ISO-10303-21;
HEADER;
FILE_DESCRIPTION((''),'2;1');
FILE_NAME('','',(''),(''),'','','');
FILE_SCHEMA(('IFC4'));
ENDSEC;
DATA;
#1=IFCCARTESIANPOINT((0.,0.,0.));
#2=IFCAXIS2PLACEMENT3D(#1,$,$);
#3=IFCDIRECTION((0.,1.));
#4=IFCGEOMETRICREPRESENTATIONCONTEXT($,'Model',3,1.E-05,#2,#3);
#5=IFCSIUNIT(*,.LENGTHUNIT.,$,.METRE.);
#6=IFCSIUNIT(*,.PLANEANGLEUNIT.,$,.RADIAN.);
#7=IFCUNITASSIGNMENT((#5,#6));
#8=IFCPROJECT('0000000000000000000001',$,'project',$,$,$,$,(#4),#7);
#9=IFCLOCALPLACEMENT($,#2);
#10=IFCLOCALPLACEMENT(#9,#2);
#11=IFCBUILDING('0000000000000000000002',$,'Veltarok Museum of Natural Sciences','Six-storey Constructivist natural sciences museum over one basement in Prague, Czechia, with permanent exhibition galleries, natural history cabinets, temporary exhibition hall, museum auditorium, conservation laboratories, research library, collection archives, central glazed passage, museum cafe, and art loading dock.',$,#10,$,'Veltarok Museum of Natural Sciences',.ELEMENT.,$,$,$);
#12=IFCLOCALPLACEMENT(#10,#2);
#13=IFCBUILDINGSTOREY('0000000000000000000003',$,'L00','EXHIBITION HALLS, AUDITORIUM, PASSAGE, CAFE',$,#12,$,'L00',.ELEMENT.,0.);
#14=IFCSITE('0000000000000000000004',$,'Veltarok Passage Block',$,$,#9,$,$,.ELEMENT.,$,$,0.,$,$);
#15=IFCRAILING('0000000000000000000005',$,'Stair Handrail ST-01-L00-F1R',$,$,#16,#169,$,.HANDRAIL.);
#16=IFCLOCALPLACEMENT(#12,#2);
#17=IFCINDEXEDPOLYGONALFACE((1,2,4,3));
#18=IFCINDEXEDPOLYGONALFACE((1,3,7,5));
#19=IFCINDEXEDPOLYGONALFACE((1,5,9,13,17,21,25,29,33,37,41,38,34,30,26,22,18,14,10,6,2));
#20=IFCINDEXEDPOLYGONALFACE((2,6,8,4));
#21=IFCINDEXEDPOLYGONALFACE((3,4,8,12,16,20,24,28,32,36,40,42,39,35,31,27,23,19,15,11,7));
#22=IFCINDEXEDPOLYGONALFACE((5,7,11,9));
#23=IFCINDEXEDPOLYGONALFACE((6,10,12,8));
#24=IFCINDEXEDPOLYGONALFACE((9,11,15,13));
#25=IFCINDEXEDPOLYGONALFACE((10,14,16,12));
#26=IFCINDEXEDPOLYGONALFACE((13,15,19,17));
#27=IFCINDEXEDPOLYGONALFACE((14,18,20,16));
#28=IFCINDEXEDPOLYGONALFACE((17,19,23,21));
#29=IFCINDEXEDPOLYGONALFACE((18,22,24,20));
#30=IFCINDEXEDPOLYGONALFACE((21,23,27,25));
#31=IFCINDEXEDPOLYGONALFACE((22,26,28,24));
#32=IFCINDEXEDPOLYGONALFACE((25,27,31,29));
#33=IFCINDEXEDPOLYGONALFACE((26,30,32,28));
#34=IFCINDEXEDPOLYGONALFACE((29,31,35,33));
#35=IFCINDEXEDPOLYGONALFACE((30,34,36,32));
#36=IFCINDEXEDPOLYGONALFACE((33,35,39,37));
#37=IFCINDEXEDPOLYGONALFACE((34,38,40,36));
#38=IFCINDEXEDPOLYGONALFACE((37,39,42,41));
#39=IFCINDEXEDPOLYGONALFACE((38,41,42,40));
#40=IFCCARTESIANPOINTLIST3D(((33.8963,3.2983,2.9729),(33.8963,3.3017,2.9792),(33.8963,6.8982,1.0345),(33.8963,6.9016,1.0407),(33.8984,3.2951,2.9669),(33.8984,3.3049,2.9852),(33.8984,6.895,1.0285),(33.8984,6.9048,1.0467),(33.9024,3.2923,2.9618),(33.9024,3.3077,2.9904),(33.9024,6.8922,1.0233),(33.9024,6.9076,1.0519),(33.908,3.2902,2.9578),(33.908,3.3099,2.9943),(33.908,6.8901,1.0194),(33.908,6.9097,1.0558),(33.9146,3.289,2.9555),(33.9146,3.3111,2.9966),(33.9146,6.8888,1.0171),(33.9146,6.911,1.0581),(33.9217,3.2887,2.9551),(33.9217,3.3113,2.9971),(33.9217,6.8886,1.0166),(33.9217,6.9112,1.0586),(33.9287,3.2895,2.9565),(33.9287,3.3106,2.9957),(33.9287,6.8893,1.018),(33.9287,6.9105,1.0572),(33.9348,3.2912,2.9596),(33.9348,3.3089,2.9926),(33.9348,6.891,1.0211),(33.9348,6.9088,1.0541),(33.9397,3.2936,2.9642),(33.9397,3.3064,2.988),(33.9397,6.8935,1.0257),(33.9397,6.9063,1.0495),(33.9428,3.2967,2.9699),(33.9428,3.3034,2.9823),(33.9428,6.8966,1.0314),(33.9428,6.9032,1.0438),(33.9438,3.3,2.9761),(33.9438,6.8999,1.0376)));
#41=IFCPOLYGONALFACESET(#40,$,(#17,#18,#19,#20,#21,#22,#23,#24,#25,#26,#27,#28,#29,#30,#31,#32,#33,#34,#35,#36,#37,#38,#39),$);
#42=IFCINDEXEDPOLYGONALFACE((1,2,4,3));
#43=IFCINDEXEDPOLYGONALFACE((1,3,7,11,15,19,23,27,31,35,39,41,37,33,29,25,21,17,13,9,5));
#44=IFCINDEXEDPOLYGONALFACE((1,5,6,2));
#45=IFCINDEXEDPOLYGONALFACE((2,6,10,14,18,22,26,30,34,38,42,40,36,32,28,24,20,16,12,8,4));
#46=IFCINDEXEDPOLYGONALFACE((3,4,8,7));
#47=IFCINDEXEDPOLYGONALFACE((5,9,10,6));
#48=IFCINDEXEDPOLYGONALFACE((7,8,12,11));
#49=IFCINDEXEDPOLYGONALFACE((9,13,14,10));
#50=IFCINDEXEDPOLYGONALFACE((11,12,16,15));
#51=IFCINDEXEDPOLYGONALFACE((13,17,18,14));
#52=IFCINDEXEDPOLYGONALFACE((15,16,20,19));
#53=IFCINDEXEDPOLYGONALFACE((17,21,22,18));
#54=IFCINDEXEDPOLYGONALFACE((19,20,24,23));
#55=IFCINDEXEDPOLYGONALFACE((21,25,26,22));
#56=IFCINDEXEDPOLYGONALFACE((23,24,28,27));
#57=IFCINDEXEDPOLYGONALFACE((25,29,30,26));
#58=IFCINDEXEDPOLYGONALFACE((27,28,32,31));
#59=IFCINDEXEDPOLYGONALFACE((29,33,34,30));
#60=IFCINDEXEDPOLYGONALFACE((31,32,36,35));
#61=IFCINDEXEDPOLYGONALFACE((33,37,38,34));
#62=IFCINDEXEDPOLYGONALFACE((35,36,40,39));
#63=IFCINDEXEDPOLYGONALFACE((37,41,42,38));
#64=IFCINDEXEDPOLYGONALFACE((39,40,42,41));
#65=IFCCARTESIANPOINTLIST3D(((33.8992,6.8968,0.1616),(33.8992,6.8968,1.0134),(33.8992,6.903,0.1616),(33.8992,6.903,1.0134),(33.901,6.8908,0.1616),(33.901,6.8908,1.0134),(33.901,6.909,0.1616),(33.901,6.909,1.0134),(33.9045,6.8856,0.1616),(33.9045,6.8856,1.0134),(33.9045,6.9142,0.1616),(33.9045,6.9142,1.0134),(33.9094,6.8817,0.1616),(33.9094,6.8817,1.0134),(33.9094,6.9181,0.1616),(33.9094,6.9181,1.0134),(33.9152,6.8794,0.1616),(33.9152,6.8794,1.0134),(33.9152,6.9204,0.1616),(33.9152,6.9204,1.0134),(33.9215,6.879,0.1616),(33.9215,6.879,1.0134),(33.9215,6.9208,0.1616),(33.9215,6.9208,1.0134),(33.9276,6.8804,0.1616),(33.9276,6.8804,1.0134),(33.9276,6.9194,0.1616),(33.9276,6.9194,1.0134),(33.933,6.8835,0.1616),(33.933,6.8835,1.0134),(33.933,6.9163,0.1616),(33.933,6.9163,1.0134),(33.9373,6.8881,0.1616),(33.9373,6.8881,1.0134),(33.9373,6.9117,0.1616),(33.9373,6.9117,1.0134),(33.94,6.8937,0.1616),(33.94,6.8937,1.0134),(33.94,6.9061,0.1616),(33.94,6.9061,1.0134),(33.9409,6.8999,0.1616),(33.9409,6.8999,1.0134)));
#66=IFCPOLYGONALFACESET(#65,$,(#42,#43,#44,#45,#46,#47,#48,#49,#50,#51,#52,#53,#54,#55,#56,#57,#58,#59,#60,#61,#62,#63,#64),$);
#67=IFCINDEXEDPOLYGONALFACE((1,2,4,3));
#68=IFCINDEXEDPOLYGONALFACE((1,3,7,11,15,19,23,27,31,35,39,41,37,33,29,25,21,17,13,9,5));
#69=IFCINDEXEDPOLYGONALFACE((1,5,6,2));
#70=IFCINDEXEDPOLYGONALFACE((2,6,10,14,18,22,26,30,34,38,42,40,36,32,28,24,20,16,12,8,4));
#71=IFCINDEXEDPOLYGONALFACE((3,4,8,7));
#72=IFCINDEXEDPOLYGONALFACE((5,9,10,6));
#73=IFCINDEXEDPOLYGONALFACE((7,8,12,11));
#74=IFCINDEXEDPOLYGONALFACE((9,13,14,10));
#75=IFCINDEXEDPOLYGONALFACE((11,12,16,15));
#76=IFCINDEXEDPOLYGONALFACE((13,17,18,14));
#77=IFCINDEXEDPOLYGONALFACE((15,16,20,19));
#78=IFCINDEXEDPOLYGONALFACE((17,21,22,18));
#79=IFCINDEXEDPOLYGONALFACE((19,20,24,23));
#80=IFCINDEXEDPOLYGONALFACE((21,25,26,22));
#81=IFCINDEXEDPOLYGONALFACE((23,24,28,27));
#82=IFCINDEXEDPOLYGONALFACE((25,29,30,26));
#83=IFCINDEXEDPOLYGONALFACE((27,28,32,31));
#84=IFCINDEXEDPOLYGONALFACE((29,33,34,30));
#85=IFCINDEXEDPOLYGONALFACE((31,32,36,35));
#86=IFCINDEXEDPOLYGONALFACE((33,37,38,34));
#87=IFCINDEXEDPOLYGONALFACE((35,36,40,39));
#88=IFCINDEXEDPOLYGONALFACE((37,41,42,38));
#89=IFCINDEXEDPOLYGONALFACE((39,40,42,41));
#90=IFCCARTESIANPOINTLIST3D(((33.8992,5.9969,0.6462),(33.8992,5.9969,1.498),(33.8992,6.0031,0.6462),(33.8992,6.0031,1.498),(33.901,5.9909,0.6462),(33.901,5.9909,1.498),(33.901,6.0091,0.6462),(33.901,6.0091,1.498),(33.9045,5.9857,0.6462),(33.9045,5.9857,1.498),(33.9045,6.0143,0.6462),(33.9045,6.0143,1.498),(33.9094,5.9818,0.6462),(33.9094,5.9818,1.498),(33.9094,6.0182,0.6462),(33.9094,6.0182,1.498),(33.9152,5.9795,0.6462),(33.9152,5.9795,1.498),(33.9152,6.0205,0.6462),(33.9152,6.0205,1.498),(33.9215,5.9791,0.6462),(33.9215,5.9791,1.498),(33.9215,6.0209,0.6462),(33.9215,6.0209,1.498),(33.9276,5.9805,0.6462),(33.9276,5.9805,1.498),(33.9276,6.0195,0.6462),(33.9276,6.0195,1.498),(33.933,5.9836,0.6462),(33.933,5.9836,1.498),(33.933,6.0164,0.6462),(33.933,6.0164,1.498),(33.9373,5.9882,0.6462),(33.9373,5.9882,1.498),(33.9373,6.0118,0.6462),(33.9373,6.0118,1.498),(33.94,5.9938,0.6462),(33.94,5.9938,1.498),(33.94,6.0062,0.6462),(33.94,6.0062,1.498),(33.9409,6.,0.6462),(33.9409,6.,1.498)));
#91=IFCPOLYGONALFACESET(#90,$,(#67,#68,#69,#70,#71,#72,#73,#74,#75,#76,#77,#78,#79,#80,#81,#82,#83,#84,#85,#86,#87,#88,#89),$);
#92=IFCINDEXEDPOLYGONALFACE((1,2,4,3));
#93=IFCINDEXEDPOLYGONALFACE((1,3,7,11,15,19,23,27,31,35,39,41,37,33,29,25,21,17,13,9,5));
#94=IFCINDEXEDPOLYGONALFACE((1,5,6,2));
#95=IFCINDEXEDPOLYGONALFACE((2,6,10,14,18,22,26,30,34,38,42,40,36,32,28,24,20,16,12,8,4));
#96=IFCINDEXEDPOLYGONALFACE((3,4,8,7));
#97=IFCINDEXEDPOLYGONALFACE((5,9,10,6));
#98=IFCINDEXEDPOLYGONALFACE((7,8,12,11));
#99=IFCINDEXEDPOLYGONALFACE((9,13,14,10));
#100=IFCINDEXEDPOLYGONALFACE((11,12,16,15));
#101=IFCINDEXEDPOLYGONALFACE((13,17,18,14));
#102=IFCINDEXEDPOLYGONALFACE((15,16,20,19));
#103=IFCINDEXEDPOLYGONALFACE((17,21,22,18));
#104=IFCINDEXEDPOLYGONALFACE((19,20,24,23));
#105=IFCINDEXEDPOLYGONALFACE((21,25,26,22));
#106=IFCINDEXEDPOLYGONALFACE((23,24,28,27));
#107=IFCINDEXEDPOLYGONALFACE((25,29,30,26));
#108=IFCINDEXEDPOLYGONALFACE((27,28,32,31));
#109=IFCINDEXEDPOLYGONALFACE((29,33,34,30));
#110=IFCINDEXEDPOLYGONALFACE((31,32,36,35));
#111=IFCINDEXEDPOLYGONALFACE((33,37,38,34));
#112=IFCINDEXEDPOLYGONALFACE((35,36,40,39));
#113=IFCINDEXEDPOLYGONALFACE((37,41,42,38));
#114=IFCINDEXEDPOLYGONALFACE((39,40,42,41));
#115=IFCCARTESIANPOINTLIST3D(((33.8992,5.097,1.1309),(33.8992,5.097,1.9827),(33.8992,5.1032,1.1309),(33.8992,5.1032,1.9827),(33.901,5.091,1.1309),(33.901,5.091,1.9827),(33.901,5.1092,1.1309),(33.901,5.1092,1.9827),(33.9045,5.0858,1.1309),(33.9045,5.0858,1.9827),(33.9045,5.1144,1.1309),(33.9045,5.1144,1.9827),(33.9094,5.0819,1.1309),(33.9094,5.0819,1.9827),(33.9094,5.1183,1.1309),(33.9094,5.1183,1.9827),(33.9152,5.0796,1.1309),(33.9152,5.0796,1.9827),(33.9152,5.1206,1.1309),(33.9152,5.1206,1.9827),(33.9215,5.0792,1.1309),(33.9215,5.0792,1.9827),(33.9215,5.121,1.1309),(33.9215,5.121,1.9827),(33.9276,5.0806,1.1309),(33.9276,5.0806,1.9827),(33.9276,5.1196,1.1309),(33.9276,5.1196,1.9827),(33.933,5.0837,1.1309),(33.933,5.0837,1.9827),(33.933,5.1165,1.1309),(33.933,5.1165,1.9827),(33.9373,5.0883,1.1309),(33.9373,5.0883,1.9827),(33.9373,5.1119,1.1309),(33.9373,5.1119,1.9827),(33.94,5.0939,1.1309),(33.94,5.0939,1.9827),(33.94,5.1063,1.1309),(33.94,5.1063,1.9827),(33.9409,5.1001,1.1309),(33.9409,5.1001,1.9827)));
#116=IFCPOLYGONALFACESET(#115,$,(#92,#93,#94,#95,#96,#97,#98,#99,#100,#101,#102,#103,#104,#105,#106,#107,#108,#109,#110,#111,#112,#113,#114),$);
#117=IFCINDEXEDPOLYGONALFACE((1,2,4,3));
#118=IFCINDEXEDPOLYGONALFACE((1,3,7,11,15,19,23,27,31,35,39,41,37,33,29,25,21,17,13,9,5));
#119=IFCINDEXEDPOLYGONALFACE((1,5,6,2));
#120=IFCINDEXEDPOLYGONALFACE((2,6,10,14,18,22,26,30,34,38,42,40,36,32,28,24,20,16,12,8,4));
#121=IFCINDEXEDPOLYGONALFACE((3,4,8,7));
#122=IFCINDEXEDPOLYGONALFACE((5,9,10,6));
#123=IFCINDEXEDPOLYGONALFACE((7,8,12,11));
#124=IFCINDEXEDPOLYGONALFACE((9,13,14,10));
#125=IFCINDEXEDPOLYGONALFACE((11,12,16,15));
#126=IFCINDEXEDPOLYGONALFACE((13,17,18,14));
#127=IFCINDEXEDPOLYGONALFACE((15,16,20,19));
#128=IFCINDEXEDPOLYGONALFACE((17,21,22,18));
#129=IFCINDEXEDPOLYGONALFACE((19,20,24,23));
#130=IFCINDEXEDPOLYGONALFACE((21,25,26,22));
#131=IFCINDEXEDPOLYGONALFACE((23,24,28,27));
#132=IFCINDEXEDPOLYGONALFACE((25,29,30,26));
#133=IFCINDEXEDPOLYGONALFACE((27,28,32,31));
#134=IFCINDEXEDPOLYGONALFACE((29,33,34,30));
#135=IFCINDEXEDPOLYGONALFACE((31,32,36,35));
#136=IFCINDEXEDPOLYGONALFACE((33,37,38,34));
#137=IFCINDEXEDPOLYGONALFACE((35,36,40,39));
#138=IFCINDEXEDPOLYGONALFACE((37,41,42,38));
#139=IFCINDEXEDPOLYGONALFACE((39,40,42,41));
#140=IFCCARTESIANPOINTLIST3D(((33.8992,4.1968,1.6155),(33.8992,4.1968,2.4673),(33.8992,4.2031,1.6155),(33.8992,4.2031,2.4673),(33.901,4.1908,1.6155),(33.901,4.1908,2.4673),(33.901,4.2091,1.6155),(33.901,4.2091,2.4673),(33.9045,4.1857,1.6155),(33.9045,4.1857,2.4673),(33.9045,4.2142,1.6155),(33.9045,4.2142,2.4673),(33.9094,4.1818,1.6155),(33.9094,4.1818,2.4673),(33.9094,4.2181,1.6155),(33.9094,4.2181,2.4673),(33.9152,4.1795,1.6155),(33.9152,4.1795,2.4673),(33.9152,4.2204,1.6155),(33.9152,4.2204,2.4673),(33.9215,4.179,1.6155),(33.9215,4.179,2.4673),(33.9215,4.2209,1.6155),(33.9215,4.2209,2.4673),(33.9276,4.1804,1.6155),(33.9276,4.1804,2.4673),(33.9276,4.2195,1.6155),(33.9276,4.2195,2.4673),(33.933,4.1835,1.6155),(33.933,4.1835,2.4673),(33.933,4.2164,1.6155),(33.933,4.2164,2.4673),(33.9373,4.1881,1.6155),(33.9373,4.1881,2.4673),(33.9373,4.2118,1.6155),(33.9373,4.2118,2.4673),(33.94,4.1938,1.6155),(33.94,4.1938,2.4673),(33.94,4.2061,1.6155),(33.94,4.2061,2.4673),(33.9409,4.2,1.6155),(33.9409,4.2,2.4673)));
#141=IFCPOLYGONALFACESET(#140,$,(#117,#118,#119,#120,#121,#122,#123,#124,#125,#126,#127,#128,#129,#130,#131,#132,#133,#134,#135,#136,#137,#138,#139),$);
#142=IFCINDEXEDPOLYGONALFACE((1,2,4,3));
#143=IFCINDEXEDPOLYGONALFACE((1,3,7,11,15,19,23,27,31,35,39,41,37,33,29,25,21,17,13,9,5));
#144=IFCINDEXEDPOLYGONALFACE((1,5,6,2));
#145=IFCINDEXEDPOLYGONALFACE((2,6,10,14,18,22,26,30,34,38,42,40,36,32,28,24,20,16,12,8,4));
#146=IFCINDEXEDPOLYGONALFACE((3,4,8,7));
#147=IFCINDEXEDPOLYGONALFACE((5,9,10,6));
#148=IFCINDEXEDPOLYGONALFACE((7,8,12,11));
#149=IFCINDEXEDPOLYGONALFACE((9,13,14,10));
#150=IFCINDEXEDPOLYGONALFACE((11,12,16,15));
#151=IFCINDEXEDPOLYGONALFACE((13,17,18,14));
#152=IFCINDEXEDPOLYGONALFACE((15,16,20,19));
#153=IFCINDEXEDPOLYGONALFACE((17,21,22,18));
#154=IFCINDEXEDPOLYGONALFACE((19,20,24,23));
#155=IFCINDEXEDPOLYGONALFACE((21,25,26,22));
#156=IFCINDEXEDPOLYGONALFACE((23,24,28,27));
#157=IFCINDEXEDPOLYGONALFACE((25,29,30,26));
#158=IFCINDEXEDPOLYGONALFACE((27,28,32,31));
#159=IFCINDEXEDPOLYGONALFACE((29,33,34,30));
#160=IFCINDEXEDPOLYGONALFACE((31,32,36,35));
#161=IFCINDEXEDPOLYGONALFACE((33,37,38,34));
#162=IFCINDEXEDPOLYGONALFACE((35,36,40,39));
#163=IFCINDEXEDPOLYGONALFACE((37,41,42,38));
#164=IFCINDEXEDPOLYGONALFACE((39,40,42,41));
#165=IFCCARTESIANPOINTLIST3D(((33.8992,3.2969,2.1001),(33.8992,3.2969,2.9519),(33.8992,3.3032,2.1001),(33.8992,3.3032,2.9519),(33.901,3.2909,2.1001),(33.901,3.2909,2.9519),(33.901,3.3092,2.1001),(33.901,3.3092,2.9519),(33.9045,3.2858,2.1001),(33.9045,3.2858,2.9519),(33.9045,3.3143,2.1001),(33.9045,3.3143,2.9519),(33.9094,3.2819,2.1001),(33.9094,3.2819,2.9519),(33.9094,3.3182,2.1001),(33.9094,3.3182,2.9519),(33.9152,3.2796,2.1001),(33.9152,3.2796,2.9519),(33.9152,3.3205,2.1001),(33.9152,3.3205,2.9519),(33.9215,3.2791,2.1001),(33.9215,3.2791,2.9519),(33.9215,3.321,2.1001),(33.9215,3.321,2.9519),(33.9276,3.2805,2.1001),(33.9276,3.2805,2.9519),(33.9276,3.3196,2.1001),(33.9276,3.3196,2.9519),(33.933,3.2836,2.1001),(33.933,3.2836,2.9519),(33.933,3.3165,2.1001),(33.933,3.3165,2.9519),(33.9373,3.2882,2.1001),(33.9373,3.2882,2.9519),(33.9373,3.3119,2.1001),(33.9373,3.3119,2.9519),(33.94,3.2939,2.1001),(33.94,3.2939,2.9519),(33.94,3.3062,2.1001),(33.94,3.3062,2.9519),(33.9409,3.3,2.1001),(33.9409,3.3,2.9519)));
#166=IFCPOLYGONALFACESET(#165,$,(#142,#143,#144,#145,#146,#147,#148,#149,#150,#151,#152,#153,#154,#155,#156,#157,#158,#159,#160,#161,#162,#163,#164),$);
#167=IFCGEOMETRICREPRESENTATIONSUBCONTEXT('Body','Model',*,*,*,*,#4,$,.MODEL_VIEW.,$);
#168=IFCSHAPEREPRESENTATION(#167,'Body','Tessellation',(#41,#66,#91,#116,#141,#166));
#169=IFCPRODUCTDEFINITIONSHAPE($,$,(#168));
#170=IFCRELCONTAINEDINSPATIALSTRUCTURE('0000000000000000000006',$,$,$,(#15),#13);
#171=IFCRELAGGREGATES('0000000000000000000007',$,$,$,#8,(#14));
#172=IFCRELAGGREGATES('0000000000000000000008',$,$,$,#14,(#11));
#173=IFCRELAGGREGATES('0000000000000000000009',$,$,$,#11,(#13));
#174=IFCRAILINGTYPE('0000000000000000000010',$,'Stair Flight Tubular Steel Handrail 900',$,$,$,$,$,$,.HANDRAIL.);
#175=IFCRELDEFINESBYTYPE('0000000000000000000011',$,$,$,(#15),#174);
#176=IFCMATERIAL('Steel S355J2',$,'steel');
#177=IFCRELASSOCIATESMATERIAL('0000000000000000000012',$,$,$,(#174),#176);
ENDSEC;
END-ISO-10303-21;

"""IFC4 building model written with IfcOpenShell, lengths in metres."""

from ifc_helpers import new_model, si_unit, direction, frame, origin, origin_2d, place, context, subcontext, project, spatial, circle, extrude, material, type_object, element, save


model = new_model("IFC4")

# Units and contexts
model_context = context("Model", 3, precision=1e-05, world=origin(), true_north=direction((0.0, 1.0)))
body_context = subcontext(model_context, "Body", "Model", "MODEL_VIEW")
ifc_project = project(units=[si_unit("LENGTHUNIT", "METRE"), si_unit("PLANEANGLEUNIT", "RADIAN")], contexts=[model_context])

# Site, building, storey
site_placement = place(None, origin())
site = spatial("IfcSite", under=ifc_project, at=site_placement, Name="Veltarok Passage Block", CompositionType="ELEMENT", RefElevation=0.0)
building_placement = place(site_placement, origin())
building = spatial("IfcBuilding", under=site, at=building_placement, Name="Veltarok Museum of Natural Sciences", Description="Six-storey Constructivist natural sciences museum over one basement in Prague, Czechia, with permanent exhibition galleries, natural history cabinets, temporary exhibition hall, museum auditorium, conservation laboratories, research library, collection archives, central glazed passage, museum cafe, and art loading dock.", LongName="Veltarok Museum of Natural Sciences", CompositionType="ELEMENT")
storey_placement = place(building_placement, origin())
storey = spatial("IfcBuildingStorey", under=building, at=storey_placement, Name="L00", Description="EXHIBITION HALLS, AUDITORIUM, PASSAGE, CAFE", LongName="L00", CompositionType="ELEMENT", Elevation=0.0)

# Shared definitions
ifc_material_1 = material(Name="Steel S355J2", Category="steel")

# Railing
railing_type_1 = type_object("IfcRailingType", Name="Stair Flight Tubular Steel Handrail 900", PredefinedType="HANDRAIL", material=ifc_material_1)
for number, where, name in (
    (1, (33.9199, 6.8999, 0.1616), "Stair Handrail ST-01-L00-F1R"),
):
    element("IfcRailing", number, at=place(storey_placement, frame(where)), inside=storey, type_object=railing_type_1, Name=name, PredefinedType="HANDRAIL", context=body_context, shape_type="SweptSolid", body=[
        extrude(circle(Radius=0.0239, at=origin_2d()), frame((0.0, 0.0, 0.876), z_axis=(0.0, -0.880462, 0.474118), x_axis=(1.0, 0.0, 0.0)), (0.0, 0.0, 1.0), 4.0886),
        extrude(circle(Radius=0.021, at=origin_2d()), origin(), (0.0, 0.0, 1.0), 0.8518),
        extrude(circle(Radius=0.021, at=origin_2d()), frame((0.0, -0.8999, 0.4846)), (0.0, 0.0, 1.0), 0.8518),
        extrude(circle(Radius=0.021, at=origin_2d()), frame((0.0, -1.7998, 0.9692)), (0.0, 0.0, 1.0), 0.8518),
        extrude(circle(Radius=0.021, at=origin_2d()), frame((0.0, -2.7, 1.4539)), (0.0, 0.0, 1.0), 0.8518),
        extrude(circle(Radius=0.021, at=origin_2d()), frame((0.0, -3.5999, 1.9385)), (0.0, 0.0, 1.0), 0.8518),
    ])

save(model, "model.ifc")
